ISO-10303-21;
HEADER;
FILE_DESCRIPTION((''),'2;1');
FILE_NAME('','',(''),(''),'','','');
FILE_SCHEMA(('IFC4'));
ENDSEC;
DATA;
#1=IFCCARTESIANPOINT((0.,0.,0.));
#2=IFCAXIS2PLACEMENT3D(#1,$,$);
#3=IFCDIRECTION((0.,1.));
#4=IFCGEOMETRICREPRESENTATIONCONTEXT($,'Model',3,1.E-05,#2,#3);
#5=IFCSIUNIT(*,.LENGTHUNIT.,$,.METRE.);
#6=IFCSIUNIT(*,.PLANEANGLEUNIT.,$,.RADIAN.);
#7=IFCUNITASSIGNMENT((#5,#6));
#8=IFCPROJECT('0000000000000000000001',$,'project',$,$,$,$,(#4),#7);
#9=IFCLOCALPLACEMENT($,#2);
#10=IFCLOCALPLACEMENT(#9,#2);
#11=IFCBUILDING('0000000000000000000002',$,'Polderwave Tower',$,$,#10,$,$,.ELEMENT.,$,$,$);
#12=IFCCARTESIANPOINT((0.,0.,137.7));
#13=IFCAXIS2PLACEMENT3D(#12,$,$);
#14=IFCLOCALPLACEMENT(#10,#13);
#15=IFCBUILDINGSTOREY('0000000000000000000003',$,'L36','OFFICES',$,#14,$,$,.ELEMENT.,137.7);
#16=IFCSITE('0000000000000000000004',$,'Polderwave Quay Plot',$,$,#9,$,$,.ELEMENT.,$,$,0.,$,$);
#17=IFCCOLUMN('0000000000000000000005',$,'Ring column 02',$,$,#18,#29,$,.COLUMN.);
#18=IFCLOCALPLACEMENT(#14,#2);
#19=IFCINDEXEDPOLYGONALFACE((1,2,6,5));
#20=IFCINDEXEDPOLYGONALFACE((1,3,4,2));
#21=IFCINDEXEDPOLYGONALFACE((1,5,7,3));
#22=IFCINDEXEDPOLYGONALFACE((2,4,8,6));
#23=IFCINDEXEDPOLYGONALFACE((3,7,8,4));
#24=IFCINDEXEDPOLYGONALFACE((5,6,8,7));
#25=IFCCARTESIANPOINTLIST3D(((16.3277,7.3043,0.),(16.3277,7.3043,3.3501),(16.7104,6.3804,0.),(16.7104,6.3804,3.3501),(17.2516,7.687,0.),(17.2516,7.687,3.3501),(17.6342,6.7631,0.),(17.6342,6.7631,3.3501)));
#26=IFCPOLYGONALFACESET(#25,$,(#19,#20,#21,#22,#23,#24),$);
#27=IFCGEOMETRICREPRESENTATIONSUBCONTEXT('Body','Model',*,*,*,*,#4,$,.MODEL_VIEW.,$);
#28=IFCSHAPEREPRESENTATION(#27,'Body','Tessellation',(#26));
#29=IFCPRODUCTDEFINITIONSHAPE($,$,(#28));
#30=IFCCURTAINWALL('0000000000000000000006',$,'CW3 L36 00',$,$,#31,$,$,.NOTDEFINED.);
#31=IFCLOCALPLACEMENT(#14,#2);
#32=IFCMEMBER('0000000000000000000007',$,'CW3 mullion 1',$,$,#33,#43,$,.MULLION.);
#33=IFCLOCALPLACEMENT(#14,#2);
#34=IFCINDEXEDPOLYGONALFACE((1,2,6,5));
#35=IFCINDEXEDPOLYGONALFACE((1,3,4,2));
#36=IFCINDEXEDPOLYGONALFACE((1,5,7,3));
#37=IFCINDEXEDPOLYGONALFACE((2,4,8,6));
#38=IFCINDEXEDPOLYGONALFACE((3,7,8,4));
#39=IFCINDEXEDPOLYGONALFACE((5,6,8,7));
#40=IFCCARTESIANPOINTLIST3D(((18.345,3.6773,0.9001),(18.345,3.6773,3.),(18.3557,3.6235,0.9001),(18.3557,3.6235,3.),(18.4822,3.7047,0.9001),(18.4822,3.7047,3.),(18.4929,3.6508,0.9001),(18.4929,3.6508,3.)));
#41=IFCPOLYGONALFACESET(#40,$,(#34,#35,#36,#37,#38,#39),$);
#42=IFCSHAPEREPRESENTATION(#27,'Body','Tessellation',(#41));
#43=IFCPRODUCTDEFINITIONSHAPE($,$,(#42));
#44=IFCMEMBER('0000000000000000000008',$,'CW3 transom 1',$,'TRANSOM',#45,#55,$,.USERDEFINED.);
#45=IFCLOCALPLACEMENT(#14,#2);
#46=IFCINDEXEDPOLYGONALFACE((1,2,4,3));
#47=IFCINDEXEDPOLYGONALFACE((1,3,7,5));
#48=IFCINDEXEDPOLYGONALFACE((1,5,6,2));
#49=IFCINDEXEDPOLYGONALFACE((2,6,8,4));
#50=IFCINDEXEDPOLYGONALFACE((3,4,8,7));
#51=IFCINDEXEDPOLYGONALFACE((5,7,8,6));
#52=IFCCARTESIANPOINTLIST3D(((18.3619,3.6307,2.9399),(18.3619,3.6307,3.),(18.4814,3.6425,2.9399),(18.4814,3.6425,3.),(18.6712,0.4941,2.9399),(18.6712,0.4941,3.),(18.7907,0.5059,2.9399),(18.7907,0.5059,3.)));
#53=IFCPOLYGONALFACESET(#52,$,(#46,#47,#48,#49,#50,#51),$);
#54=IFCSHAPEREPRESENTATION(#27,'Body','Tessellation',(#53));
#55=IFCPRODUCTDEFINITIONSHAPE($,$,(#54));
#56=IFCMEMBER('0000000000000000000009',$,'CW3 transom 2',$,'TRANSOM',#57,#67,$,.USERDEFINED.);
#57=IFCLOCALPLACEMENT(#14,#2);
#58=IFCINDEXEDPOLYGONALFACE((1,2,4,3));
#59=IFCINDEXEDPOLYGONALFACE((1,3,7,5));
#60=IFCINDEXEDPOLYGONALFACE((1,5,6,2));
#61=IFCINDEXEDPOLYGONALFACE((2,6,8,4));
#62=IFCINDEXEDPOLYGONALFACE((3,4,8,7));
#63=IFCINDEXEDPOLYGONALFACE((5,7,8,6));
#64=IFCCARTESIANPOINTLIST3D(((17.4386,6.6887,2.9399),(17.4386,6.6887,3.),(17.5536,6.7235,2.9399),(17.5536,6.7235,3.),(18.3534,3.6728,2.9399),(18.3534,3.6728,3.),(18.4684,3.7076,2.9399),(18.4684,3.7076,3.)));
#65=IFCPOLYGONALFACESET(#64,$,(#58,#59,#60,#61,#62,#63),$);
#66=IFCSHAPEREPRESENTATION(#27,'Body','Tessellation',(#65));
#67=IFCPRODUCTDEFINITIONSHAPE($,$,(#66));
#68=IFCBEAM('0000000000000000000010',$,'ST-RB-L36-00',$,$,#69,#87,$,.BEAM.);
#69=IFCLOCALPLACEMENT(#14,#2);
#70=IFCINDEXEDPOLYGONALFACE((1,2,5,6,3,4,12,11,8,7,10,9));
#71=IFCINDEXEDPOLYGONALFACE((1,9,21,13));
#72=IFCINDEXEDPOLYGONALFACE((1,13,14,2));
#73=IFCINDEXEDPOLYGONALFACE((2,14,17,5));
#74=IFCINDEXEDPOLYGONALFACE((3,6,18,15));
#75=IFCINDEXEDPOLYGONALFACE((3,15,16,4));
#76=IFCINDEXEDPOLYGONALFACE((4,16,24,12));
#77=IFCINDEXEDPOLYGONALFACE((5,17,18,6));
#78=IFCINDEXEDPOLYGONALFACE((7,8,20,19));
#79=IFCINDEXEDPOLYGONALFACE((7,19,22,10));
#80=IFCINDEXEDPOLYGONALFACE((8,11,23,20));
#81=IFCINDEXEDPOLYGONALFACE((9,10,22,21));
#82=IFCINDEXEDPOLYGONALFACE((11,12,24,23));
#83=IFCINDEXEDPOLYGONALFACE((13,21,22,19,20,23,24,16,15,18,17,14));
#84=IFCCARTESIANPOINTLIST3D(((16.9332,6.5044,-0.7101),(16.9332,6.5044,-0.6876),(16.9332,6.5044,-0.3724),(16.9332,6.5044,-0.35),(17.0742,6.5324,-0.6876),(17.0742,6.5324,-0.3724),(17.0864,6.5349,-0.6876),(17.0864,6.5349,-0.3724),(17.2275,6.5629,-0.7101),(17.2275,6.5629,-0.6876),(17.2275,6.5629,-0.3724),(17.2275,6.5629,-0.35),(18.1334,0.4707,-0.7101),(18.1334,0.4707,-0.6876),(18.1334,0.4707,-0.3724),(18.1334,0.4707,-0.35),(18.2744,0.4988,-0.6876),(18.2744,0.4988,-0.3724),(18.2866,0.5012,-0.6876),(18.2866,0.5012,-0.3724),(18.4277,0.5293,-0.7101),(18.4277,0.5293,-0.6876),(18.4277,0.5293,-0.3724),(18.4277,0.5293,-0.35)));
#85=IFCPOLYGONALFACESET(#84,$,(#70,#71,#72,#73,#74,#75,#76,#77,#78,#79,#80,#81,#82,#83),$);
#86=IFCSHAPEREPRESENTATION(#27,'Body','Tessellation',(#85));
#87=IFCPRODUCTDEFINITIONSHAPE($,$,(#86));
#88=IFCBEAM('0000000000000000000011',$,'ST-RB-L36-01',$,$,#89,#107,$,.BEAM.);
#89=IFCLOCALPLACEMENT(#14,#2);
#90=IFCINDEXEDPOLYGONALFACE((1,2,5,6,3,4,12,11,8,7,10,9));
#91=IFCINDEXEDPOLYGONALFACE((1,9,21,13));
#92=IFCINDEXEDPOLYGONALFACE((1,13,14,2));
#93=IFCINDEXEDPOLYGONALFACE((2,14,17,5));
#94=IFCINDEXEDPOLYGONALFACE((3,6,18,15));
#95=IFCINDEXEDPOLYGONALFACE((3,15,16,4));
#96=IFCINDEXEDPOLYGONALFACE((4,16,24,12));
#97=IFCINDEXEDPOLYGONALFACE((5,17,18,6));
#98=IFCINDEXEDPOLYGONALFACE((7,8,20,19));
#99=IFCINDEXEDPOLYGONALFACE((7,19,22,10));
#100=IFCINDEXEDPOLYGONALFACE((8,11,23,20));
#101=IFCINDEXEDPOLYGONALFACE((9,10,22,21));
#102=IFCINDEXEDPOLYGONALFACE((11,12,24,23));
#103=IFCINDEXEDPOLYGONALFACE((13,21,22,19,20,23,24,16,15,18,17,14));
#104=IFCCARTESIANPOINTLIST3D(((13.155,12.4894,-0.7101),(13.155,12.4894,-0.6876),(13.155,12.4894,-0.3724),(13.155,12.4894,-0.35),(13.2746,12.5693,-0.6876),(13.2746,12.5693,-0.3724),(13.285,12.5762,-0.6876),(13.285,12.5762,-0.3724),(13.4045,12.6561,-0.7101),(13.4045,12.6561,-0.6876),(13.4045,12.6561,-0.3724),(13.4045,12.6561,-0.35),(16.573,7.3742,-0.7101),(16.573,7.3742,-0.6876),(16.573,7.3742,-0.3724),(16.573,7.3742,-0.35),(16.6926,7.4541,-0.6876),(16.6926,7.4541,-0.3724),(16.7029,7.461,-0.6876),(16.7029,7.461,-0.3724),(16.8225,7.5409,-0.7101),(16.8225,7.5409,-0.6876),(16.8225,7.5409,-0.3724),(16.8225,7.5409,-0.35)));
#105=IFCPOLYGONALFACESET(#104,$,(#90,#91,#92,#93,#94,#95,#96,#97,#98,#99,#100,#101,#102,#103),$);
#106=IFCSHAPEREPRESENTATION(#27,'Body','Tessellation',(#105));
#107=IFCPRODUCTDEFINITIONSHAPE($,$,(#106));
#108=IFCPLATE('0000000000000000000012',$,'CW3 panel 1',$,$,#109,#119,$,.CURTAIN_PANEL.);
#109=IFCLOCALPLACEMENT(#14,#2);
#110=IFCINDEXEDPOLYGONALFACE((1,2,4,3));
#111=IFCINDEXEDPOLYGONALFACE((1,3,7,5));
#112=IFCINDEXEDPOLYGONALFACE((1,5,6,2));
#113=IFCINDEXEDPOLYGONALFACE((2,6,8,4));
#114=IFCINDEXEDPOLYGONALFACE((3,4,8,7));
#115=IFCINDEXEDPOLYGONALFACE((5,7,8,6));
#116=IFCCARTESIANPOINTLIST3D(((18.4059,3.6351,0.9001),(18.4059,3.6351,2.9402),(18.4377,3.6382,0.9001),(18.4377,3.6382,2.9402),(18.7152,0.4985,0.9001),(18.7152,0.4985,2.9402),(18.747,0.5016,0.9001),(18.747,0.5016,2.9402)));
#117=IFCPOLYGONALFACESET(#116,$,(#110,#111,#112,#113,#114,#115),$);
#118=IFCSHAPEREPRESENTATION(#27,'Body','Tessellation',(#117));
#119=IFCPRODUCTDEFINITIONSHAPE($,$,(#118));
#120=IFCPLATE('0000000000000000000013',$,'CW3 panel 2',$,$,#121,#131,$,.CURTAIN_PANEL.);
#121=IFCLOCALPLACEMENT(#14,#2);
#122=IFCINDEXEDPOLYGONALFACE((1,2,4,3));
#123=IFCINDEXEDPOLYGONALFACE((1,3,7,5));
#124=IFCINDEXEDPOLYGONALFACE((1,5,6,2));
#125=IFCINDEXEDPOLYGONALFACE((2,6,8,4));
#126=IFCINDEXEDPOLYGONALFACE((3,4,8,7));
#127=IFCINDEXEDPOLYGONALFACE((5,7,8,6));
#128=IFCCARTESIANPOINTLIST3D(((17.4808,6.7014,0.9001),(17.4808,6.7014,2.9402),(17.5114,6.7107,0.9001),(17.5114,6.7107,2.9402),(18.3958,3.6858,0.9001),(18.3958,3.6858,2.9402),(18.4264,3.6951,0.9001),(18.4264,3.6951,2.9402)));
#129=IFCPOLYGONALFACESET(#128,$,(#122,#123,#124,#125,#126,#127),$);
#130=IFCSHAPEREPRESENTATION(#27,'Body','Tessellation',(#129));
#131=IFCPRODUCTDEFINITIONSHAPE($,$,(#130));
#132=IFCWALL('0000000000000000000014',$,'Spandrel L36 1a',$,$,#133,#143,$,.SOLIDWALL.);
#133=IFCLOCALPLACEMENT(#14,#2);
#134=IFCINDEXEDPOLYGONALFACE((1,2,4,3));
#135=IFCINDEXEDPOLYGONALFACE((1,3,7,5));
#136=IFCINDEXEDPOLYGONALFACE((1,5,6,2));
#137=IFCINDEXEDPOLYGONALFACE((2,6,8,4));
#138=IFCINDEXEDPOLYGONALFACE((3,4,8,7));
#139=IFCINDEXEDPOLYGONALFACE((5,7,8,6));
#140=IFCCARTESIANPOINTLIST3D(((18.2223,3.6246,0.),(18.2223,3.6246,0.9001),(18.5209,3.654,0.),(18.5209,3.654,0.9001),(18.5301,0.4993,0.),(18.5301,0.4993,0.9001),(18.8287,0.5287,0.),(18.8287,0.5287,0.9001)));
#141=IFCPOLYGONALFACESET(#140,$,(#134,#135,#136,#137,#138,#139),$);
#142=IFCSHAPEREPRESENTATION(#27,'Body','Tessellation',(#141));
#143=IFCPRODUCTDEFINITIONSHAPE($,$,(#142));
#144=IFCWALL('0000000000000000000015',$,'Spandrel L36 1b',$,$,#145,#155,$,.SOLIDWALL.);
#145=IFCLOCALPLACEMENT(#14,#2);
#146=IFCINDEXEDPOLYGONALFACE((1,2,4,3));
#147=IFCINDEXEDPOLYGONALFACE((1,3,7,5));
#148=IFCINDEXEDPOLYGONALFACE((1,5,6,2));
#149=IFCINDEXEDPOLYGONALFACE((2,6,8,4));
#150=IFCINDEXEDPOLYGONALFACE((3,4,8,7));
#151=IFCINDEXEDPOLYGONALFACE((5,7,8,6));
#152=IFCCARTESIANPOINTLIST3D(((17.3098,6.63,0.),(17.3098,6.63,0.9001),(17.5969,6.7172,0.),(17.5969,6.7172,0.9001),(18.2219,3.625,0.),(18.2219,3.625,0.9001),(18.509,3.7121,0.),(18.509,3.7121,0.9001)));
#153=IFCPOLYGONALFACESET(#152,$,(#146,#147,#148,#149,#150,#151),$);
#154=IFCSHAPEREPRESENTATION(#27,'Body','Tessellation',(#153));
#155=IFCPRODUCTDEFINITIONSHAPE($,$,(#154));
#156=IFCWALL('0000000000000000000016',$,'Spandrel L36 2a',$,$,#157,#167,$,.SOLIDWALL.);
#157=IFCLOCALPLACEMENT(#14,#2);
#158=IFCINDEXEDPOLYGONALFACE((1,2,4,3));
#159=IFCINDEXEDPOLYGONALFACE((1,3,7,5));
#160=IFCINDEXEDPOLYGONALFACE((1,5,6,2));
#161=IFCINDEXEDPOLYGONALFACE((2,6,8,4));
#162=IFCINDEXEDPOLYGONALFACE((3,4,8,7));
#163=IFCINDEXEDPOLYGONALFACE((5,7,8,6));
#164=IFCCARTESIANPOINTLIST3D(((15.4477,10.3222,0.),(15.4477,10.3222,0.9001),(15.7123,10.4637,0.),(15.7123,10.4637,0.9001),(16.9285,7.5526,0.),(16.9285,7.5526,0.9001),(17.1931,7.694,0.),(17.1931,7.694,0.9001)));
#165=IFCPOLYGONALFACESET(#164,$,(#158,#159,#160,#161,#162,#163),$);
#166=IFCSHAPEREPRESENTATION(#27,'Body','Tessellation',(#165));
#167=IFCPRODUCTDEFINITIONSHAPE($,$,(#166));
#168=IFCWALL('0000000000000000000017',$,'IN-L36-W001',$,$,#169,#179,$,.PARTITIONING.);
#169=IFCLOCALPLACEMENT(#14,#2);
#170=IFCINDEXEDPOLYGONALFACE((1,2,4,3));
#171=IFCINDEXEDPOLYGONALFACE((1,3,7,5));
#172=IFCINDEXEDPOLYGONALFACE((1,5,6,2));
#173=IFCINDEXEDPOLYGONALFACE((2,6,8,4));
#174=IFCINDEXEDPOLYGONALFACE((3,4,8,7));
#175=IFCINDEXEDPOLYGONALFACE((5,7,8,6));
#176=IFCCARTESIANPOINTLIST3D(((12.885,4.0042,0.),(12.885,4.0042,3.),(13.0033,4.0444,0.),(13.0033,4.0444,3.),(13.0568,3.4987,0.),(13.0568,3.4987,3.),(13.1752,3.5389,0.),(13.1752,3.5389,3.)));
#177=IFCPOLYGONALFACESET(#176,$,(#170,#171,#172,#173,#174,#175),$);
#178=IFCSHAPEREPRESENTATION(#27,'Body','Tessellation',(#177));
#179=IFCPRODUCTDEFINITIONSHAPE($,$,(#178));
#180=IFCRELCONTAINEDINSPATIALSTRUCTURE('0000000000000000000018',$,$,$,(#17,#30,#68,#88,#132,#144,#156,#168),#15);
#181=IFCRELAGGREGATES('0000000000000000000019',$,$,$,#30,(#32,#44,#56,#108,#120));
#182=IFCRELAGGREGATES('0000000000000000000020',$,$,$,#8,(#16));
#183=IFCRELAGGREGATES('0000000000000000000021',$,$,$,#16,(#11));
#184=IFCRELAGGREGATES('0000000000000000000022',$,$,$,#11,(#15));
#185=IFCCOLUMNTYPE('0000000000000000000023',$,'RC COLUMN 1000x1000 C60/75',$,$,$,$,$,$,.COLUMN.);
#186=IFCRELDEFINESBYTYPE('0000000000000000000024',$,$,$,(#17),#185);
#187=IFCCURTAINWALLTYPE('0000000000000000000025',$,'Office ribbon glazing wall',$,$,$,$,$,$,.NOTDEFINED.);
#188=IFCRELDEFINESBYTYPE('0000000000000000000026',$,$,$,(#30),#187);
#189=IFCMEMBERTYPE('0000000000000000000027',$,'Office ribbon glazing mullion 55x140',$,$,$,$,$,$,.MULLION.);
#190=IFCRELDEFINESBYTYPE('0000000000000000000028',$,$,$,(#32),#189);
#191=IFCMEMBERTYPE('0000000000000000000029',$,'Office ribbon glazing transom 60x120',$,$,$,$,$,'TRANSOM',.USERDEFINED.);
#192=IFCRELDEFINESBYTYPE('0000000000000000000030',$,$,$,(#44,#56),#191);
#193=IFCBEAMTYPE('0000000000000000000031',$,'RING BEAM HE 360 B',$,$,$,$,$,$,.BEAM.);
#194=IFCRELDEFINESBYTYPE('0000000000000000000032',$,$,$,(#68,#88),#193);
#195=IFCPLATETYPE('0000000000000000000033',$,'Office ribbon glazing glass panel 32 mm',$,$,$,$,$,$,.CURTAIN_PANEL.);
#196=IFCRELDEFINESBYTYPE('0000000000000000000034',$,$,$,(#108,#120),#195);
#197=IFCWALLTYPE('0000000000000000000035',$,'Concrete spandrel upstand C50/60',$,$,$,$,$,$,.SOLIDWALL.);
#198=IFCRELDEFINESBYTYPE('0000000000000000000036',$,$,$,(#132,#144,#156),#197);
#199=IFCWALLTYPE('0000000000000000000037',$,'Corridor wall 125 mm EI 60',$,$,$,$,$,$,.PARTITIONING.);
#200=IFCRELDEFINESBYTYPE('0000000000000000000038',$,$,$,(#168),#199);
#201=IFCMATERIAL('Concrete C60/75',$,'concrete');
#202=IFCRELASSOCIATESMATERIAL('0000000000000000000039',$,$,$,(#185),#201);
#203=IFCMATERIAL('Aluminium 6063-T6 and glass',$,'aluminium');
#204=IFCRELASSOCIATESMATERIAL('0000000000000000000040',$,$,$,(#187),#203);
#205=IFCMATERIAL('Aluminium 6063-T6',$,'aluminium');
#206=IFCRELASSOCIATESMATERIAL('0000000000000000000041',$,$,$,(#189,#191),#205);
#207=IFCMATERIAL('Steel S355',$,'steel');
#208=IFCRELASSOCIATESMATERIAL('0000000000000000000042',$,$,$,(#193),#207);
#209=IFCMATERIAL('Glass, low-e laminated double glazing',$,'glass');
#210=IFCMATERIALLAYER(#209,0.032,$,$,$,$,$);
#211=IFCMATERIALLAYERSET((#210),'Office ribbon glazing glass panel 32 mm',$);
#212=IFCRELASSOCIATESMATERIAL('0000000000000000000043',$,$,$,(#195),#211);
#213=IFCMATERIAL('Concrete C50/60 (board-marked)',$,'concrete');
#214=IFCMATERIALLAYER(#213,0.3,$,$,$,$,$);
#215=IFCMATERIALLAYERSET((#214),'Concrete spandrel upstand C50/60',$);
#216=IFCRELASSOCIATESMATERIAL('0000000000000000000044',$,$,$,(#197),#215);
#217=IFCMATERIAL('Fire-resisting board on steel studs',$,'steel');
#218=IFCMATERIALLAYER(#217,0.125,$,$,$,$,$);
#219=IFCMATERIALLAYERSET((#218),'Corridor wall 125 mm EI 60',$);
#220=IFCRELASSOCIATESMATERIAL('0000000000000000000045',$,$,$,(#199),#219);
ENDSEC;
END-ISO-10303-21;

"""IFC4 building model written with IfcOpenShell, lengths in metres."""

from ifc_helpers import new_model, si_unit, direction, frame, frame_2d, origin, origin_2d, place, context, subcontext, project, spatial, rectangle, i_section, extrude, material, layer, layer_set, material_profile, profile_set, type_object, element, aggregate, save


model = new_model("IFC4")

# Units and contexts
model_context = context("Model", 3, precision=1e-05, world=origin(), true_north=direction((0.0, 1.0)))
body_context = subcontext(model_context, "Body", "Model", "MODEL_VIEW")
ifc_project = project(units=[si_unit("LENGTHUNIT", "METRE"), si_unit("PLANEANGLEUNIT", "RADIAN")], contexts=[model_context])

# Site, building, storey
site_placement = place(None, origin())
site = spatial("IfcSite", under=ifc_project, at=site_placement, Name="Polderwave Quay Plot", CompositionType="ELEMENT", RefElevation=0.0)
building_placement = place(site_placement, origin())
building = spatial("IfcBuilding", under=site, at=building_placement, Name="Polderwave Tower", CompositionType="ELEMENT")
storey_placement = place(building_placement, frame((0.0, 0.0, 137.7)))
storey = spatial("IfcBuildingStorey", under=building, at=storey_placement, Name="L36", Description="OFFICES", CompositionType="ELEMENT", Elevation=137.7)

# Column
ifc_material_1 = material(Name="Concrete C60/75", Category="concrete")
ifc_material_profile_1 = material_profile(ifc_material_1, rectangle(XDim=1.0, YDim=1.0, at=origin_2d()), Name="RC 1000x1000")
ifc_profile_set_1 = profile_set([ifc_material_profile_1], Name="Concrete C60/75")
column_type = type_object("IfcColumnType", Name="RC COLUMN 1000x1000 C60/75", PredefinedType="COLUMN", material=ifc_profile_set_1)
column_placement = place(storey_placement, frame((16.981, 7.0337, 0.0), z_axis=(0.0, 0.0, 1.0), x_axis=(0.92388, 0.382683, 0.0)))
element("IfcColumn", 1, at=column_placement, inside=storey, type_object=column_type, Name="Ring column 02", PredefinedType="COLUMN", context=body_context, shape_type="SweptSolid", body=[
    extrude(rectangle(XDim=1.0, YDim=1.0, at=origin_2d()), origin(), (0.0, 0.0, 1.0), 3.3501),
])

# Curtain wall, members
ifc_material_2 = material(Name="Aluminium 6063-T6 and glass", Category="aluminium")
curtain_wall_type = type_object("IfcCurtainWallType", Name="Office ribbon glazing wall", PredefinedType="NOTDEFINED", material=ifc_material_2)
curtain_wall_placement = place(storey_placement, origin())
curtain_wall = element("IfcCurtainWall", 2, at=curtain_wall_placement, inside=storey, type_object=curtain_wall_type, Name="CW3 L36 00", PredefinedType="NOTDEFINED")
ifc_material_3 = material(Name="Aluminium 6063-T6", Category="aluminium")
ifc_material_profile_2 = material_profile(ifc_material_3, rectangle(XDim=0.1399, YDim=0.0549, at=origin_2d()), Name="AL 55x140")
ifc_profile_set_2 = profile_set([ifc_material_profile_2], Name="Aluminium 6063-T6")
member_type_1 = type_object("IfcMemberType", Name="Office ribbon glazing mullion 55x140", PredefinedType="MULLION", material=ifc_profile_set_2)
member_1_placement = place(storey_placement, frame((18.4189, 3.6641, 0.9001), z_axis=(0.0, 0.0, 1.0), x_axis=(-0.980768, -0.195179, 0.0)))
member_1 = element("IfcMember", 3, at=member_1_placement, type_object=member_type_1, Name="CW3 mullion 1", PredefinedType="MULLION", context=body_context, shape_type="SweptSolid", body=[
    extrude(rectangle(XDim=0.1399, YDim=0.0549, at=origin_2d()), origin(), (0.0, 0.0, 1.0), 2.0999),
])
ifc_material_profile_3 = material_profile(ifc_material_3, rectangle(XDim=0.1201, YDim=0.0601, at=origin_2d()), Name="AL 60x120")
ifc_profile_set_3 = profile_set([ifc_material_profile_3], Name="Aluminium 6063-T6")
member_type_2 = type_object("IfcMemberType", Name="Office ribbon glazing transom 60x120", ElementType="TRANSOM", PredefinedType="USERDEFINED", material=ifc_profile_set_3)
member_2_placement = place(storey_placement, frame((18.731, 0.5, 2.97), z_axis=(-0.098139, 0.995173, 0.0), x_axis=(-0.995173, -0.098139, 0.0)))
member_2 = element("IfcMember", 4, at=member_2_placement, type_object=member_type_2, Name="CW3 transom 1", ObjectType="TRANSOM", PredefinedType="USERDEFINED", context=body_context, shape_type="SweptSolid", body=[
    extrude(rectangle(XDim=0.1201, YDim=0.0601, at=origin_2d()), origin(), (0.0, 0.0, 1.0), 3.1519),
])
member_3_placement = place(storey_placement, frame((18.4109, 3.6902, 2.97), z_axis=(-0.290268, 0.956946, 0.0), x_axis=(-0.956946, -0.290268, 0.0)))
member_3 = element("IfcMember", 5, at=member_3_placement, type_object=member_type_2, Name="CW3 transom 2", ObjectType="TRANSOM", PredefinedType="USERDEFINED", context=body_context, shape_type="SweptSolid", body=[
    extrude(rectangle(XDim=0.1201, YDim=0.0601, at=origin_2d()), origin(), (0.0, 0.0, 1.0), 3.1516),
])

# Beams
ifc_material_4 = material(Name="Steel S355", Category="steel")
ifc_material_profile_4 = material_profile(ifc_material_4, i_section(OverallWidth=0.3, OverallDepth=0.3601, WebThickness=0.0125, FlangeThickness=0.0225, at=origin_2d()), Name="HE 360 B")
ifc_profile_set_4 = profile_set([ifc_material_profile_4], Name="Steel S355")
beam_type = type_object("IfcBeamType", Name="RING BEAM HE 360 B", PredefinedType="BEAM", material=ifc_profile_set_4)
beam_1_placement = place(storey_placement, frame((18.2805, 0.5, -0.53), z_axis=(-0.195093, 0.980785, 0.0), x_axis=(-0.980785, -0.195093, 0.0)))
element("IfcBeam", 6, at=beam_1_placement, inside=storey, type_object=beam_type, Name="ST-RB-L36-00", PredefinedType="BEAM", context=body_context, shape_type="SweptSolid", body=[
    extrude(i_section(OverallWidth=0.3, OverallDepth=0.3601, WebThickness=0.0125, FlangeThickness=0.0225, at=origin_2d()), origin(), (0.0, 0.0, 1.0), 6.1519),
])
beam_2_placement = place(storey_placement, frame((16.6978, 7.4575, -0.53), z_axis=(-0.555579, 0.831464, 0.0), x_axis=(-0.831464, -0.555579, 0.0)))
element("IfcBeam", 7, at=beam_2_placement, inside=storey, type_object=beam_type, Name="ST-RB-L36-01", PredefinedType="BEAM", context=body_context, shape_type="SweptSolid", body=[
    extrude(i_section(OverallWidth=0.3, OverallDepth=0.3601, WebThickness=0.0125, FlangeThickness=0.0225, at=origin_2d()), origin(), (0.0, 0.0, 1.0), 6.1521),
])

# Plates
ifc_material_5 = material(Name="Glass, low-e laminated double glazing", Category="glass")
ifc_layer_1 = layer(ifc_material_5, 0.032)
ifc_layer_set_1 = layer_set([ifc_layer_1], Name="Office ribbon glazing glass panel 32 mm")
plate_type = type_object("IfcPlateType", Name="Office ribbon glazing glass panel 32 mm", PredefinedType="CURTAIN_PANEL", material=ifc_layer_set_1)
plate_1_placement = place(storey_placement, frame((18.5764, 2.0684, 0.9001), z_axis=(0.0, 0.0, 1.0), x_axis=(-0.098134, 0.995173, 0.0)))
plate_1 = element("IfcPlate", 8, at=plate_1_placement, type_object=plate_type, Name="CW3 panel 1", PredefinedType="CURTAIN_PANEL", context=body_context, shape_type="SweptSolid", body=[
    extrude(rectangle(XDim=3.1519, YDim=0.032, at=origin_2d()), origin(), (0.0, 0.0, 1.0), 2.04),
])
plate_2_placement = place(storey_placement, frame((17.9536, 5.1982, 0.9001), z_axis=(0.0, 0.0, 1.0), x_axis=(-0.290348, 0.956921, 0.0)))
plate_2 = element("IfcPlate", 9, at=plate_2_placement, type_object=plate_type, Name="CW3 panel 2", PredefinedType="CURTAIN_PANEL", context=body_context, shape_type="SweptSolid", body=[
    extrude(rectangle(XDim=3.1514, YDim=0.032, at=origin_2d()), origin(), (0.0, 0.0, 1.0), 2.04),
])
aggregate(curtain_wall, [member_1, member_2, member_3, plate_1, plate_2])

# Walls
ifc_material_6 = material(Name="Concrete C50/60 (board-marked)", Category="concrete")
ifc_layer_2 = layer(ifc_material_6, 0.3)
ifc_layer_set_2 = layer_set([ifc_layer_2], Name="Concrete spandrel upstand C50/60")
wall_type_1 = type_object("IfcWallType", Name="Concrete spandrel upstand C50/60", PredefinedType="SOLIDWALL", material=ifc_layer_set_2)
for number, where, z_axis, x_axis, name in (
    (10, (18.6794, 0.5139, 0.0), (0.0, 0.0, 1.0), (-0.098033, 0.995183, 0.0), "Spandrel L36 1a"),
    (11, (18.3655, 3.6685, 0.0), (0.0, 0.0, 1.0), (-0.290435, 0.956895, 0.0), "Spandrel L36 1b"),
):
    element("IfcWall", number, at=place(storey_placement, frame(where, z_axis=z_axis, x_axis=x_axis)), inside=storey, type_object=wall_type_1, Name=name, PredefinedType="SOLIDWALL", context=body_context, shape_type="SweptSolid", body=[
        extrude(rectangle(XDim=3.1404, YDim=0.3, at=frame_2d((1.5703, 0.0))), origin(), (0.0, 0.0, 1.0), 0.9001),
    ])
wall_1_placement = place(storey_placement, frame((17.0608, 7.6233, 0.0), z_axis=(0.0, 0.0, 1.0), x_axis=(-0.471488, 0.881873, 0.0)))
element("IfcWall", 12, at=wall_1_placement, inside=storey, type_object=wall_type_1, Name="Spandrel L36 2a", PredefinedType="SOLIDWALL", context=body_context, shape_type="SweptSolid", body=[
    extrude(rectangle(XDim=3.1406, YDim=0.3, at=frame_2d((1.5703, 0.0))), origin(), (0.0, 0.0, 1.0), 0.9001),
])
ifc_material_7 = material(Name="Fire-resisting board on steel studs", Category="steel")
ifc_layer_3 = layer(ifc_material_7, 0.125)
ifc_layer_set_3 = layer_set([ifc_layer_3], Name="Corridor wall 125 mm EI 60")
wall_type_2 = type_object("IfcWallType", Name="Corridor wall 125 mm EI 60", PredefinedType="PARTITIONING", material=ifc_layer_set_3)
wall_2_placement = place(storey_placement, frame((12.9441, 4.0244, 0.0), z_axis=(0.0, 0.0, 1.0), x_axis=(0.321845, -0.946792, 0.0)))
element("IfcWall", 13, at=wall_2_placement, inside=storey, type_object=wall_type_2, Name="IN-L36-W001", PredefinedType="PARTITIONING", context=body_context, shape_type="SweptSolid", body=[
    extrude(rectangle(XDim=0.5339, YDim=0.125, at=frame_2d((0.2671, 0.0))), origin(), (0.0, 0.0, 1.0), 3.0),
])

save(model, "model.ifc")
